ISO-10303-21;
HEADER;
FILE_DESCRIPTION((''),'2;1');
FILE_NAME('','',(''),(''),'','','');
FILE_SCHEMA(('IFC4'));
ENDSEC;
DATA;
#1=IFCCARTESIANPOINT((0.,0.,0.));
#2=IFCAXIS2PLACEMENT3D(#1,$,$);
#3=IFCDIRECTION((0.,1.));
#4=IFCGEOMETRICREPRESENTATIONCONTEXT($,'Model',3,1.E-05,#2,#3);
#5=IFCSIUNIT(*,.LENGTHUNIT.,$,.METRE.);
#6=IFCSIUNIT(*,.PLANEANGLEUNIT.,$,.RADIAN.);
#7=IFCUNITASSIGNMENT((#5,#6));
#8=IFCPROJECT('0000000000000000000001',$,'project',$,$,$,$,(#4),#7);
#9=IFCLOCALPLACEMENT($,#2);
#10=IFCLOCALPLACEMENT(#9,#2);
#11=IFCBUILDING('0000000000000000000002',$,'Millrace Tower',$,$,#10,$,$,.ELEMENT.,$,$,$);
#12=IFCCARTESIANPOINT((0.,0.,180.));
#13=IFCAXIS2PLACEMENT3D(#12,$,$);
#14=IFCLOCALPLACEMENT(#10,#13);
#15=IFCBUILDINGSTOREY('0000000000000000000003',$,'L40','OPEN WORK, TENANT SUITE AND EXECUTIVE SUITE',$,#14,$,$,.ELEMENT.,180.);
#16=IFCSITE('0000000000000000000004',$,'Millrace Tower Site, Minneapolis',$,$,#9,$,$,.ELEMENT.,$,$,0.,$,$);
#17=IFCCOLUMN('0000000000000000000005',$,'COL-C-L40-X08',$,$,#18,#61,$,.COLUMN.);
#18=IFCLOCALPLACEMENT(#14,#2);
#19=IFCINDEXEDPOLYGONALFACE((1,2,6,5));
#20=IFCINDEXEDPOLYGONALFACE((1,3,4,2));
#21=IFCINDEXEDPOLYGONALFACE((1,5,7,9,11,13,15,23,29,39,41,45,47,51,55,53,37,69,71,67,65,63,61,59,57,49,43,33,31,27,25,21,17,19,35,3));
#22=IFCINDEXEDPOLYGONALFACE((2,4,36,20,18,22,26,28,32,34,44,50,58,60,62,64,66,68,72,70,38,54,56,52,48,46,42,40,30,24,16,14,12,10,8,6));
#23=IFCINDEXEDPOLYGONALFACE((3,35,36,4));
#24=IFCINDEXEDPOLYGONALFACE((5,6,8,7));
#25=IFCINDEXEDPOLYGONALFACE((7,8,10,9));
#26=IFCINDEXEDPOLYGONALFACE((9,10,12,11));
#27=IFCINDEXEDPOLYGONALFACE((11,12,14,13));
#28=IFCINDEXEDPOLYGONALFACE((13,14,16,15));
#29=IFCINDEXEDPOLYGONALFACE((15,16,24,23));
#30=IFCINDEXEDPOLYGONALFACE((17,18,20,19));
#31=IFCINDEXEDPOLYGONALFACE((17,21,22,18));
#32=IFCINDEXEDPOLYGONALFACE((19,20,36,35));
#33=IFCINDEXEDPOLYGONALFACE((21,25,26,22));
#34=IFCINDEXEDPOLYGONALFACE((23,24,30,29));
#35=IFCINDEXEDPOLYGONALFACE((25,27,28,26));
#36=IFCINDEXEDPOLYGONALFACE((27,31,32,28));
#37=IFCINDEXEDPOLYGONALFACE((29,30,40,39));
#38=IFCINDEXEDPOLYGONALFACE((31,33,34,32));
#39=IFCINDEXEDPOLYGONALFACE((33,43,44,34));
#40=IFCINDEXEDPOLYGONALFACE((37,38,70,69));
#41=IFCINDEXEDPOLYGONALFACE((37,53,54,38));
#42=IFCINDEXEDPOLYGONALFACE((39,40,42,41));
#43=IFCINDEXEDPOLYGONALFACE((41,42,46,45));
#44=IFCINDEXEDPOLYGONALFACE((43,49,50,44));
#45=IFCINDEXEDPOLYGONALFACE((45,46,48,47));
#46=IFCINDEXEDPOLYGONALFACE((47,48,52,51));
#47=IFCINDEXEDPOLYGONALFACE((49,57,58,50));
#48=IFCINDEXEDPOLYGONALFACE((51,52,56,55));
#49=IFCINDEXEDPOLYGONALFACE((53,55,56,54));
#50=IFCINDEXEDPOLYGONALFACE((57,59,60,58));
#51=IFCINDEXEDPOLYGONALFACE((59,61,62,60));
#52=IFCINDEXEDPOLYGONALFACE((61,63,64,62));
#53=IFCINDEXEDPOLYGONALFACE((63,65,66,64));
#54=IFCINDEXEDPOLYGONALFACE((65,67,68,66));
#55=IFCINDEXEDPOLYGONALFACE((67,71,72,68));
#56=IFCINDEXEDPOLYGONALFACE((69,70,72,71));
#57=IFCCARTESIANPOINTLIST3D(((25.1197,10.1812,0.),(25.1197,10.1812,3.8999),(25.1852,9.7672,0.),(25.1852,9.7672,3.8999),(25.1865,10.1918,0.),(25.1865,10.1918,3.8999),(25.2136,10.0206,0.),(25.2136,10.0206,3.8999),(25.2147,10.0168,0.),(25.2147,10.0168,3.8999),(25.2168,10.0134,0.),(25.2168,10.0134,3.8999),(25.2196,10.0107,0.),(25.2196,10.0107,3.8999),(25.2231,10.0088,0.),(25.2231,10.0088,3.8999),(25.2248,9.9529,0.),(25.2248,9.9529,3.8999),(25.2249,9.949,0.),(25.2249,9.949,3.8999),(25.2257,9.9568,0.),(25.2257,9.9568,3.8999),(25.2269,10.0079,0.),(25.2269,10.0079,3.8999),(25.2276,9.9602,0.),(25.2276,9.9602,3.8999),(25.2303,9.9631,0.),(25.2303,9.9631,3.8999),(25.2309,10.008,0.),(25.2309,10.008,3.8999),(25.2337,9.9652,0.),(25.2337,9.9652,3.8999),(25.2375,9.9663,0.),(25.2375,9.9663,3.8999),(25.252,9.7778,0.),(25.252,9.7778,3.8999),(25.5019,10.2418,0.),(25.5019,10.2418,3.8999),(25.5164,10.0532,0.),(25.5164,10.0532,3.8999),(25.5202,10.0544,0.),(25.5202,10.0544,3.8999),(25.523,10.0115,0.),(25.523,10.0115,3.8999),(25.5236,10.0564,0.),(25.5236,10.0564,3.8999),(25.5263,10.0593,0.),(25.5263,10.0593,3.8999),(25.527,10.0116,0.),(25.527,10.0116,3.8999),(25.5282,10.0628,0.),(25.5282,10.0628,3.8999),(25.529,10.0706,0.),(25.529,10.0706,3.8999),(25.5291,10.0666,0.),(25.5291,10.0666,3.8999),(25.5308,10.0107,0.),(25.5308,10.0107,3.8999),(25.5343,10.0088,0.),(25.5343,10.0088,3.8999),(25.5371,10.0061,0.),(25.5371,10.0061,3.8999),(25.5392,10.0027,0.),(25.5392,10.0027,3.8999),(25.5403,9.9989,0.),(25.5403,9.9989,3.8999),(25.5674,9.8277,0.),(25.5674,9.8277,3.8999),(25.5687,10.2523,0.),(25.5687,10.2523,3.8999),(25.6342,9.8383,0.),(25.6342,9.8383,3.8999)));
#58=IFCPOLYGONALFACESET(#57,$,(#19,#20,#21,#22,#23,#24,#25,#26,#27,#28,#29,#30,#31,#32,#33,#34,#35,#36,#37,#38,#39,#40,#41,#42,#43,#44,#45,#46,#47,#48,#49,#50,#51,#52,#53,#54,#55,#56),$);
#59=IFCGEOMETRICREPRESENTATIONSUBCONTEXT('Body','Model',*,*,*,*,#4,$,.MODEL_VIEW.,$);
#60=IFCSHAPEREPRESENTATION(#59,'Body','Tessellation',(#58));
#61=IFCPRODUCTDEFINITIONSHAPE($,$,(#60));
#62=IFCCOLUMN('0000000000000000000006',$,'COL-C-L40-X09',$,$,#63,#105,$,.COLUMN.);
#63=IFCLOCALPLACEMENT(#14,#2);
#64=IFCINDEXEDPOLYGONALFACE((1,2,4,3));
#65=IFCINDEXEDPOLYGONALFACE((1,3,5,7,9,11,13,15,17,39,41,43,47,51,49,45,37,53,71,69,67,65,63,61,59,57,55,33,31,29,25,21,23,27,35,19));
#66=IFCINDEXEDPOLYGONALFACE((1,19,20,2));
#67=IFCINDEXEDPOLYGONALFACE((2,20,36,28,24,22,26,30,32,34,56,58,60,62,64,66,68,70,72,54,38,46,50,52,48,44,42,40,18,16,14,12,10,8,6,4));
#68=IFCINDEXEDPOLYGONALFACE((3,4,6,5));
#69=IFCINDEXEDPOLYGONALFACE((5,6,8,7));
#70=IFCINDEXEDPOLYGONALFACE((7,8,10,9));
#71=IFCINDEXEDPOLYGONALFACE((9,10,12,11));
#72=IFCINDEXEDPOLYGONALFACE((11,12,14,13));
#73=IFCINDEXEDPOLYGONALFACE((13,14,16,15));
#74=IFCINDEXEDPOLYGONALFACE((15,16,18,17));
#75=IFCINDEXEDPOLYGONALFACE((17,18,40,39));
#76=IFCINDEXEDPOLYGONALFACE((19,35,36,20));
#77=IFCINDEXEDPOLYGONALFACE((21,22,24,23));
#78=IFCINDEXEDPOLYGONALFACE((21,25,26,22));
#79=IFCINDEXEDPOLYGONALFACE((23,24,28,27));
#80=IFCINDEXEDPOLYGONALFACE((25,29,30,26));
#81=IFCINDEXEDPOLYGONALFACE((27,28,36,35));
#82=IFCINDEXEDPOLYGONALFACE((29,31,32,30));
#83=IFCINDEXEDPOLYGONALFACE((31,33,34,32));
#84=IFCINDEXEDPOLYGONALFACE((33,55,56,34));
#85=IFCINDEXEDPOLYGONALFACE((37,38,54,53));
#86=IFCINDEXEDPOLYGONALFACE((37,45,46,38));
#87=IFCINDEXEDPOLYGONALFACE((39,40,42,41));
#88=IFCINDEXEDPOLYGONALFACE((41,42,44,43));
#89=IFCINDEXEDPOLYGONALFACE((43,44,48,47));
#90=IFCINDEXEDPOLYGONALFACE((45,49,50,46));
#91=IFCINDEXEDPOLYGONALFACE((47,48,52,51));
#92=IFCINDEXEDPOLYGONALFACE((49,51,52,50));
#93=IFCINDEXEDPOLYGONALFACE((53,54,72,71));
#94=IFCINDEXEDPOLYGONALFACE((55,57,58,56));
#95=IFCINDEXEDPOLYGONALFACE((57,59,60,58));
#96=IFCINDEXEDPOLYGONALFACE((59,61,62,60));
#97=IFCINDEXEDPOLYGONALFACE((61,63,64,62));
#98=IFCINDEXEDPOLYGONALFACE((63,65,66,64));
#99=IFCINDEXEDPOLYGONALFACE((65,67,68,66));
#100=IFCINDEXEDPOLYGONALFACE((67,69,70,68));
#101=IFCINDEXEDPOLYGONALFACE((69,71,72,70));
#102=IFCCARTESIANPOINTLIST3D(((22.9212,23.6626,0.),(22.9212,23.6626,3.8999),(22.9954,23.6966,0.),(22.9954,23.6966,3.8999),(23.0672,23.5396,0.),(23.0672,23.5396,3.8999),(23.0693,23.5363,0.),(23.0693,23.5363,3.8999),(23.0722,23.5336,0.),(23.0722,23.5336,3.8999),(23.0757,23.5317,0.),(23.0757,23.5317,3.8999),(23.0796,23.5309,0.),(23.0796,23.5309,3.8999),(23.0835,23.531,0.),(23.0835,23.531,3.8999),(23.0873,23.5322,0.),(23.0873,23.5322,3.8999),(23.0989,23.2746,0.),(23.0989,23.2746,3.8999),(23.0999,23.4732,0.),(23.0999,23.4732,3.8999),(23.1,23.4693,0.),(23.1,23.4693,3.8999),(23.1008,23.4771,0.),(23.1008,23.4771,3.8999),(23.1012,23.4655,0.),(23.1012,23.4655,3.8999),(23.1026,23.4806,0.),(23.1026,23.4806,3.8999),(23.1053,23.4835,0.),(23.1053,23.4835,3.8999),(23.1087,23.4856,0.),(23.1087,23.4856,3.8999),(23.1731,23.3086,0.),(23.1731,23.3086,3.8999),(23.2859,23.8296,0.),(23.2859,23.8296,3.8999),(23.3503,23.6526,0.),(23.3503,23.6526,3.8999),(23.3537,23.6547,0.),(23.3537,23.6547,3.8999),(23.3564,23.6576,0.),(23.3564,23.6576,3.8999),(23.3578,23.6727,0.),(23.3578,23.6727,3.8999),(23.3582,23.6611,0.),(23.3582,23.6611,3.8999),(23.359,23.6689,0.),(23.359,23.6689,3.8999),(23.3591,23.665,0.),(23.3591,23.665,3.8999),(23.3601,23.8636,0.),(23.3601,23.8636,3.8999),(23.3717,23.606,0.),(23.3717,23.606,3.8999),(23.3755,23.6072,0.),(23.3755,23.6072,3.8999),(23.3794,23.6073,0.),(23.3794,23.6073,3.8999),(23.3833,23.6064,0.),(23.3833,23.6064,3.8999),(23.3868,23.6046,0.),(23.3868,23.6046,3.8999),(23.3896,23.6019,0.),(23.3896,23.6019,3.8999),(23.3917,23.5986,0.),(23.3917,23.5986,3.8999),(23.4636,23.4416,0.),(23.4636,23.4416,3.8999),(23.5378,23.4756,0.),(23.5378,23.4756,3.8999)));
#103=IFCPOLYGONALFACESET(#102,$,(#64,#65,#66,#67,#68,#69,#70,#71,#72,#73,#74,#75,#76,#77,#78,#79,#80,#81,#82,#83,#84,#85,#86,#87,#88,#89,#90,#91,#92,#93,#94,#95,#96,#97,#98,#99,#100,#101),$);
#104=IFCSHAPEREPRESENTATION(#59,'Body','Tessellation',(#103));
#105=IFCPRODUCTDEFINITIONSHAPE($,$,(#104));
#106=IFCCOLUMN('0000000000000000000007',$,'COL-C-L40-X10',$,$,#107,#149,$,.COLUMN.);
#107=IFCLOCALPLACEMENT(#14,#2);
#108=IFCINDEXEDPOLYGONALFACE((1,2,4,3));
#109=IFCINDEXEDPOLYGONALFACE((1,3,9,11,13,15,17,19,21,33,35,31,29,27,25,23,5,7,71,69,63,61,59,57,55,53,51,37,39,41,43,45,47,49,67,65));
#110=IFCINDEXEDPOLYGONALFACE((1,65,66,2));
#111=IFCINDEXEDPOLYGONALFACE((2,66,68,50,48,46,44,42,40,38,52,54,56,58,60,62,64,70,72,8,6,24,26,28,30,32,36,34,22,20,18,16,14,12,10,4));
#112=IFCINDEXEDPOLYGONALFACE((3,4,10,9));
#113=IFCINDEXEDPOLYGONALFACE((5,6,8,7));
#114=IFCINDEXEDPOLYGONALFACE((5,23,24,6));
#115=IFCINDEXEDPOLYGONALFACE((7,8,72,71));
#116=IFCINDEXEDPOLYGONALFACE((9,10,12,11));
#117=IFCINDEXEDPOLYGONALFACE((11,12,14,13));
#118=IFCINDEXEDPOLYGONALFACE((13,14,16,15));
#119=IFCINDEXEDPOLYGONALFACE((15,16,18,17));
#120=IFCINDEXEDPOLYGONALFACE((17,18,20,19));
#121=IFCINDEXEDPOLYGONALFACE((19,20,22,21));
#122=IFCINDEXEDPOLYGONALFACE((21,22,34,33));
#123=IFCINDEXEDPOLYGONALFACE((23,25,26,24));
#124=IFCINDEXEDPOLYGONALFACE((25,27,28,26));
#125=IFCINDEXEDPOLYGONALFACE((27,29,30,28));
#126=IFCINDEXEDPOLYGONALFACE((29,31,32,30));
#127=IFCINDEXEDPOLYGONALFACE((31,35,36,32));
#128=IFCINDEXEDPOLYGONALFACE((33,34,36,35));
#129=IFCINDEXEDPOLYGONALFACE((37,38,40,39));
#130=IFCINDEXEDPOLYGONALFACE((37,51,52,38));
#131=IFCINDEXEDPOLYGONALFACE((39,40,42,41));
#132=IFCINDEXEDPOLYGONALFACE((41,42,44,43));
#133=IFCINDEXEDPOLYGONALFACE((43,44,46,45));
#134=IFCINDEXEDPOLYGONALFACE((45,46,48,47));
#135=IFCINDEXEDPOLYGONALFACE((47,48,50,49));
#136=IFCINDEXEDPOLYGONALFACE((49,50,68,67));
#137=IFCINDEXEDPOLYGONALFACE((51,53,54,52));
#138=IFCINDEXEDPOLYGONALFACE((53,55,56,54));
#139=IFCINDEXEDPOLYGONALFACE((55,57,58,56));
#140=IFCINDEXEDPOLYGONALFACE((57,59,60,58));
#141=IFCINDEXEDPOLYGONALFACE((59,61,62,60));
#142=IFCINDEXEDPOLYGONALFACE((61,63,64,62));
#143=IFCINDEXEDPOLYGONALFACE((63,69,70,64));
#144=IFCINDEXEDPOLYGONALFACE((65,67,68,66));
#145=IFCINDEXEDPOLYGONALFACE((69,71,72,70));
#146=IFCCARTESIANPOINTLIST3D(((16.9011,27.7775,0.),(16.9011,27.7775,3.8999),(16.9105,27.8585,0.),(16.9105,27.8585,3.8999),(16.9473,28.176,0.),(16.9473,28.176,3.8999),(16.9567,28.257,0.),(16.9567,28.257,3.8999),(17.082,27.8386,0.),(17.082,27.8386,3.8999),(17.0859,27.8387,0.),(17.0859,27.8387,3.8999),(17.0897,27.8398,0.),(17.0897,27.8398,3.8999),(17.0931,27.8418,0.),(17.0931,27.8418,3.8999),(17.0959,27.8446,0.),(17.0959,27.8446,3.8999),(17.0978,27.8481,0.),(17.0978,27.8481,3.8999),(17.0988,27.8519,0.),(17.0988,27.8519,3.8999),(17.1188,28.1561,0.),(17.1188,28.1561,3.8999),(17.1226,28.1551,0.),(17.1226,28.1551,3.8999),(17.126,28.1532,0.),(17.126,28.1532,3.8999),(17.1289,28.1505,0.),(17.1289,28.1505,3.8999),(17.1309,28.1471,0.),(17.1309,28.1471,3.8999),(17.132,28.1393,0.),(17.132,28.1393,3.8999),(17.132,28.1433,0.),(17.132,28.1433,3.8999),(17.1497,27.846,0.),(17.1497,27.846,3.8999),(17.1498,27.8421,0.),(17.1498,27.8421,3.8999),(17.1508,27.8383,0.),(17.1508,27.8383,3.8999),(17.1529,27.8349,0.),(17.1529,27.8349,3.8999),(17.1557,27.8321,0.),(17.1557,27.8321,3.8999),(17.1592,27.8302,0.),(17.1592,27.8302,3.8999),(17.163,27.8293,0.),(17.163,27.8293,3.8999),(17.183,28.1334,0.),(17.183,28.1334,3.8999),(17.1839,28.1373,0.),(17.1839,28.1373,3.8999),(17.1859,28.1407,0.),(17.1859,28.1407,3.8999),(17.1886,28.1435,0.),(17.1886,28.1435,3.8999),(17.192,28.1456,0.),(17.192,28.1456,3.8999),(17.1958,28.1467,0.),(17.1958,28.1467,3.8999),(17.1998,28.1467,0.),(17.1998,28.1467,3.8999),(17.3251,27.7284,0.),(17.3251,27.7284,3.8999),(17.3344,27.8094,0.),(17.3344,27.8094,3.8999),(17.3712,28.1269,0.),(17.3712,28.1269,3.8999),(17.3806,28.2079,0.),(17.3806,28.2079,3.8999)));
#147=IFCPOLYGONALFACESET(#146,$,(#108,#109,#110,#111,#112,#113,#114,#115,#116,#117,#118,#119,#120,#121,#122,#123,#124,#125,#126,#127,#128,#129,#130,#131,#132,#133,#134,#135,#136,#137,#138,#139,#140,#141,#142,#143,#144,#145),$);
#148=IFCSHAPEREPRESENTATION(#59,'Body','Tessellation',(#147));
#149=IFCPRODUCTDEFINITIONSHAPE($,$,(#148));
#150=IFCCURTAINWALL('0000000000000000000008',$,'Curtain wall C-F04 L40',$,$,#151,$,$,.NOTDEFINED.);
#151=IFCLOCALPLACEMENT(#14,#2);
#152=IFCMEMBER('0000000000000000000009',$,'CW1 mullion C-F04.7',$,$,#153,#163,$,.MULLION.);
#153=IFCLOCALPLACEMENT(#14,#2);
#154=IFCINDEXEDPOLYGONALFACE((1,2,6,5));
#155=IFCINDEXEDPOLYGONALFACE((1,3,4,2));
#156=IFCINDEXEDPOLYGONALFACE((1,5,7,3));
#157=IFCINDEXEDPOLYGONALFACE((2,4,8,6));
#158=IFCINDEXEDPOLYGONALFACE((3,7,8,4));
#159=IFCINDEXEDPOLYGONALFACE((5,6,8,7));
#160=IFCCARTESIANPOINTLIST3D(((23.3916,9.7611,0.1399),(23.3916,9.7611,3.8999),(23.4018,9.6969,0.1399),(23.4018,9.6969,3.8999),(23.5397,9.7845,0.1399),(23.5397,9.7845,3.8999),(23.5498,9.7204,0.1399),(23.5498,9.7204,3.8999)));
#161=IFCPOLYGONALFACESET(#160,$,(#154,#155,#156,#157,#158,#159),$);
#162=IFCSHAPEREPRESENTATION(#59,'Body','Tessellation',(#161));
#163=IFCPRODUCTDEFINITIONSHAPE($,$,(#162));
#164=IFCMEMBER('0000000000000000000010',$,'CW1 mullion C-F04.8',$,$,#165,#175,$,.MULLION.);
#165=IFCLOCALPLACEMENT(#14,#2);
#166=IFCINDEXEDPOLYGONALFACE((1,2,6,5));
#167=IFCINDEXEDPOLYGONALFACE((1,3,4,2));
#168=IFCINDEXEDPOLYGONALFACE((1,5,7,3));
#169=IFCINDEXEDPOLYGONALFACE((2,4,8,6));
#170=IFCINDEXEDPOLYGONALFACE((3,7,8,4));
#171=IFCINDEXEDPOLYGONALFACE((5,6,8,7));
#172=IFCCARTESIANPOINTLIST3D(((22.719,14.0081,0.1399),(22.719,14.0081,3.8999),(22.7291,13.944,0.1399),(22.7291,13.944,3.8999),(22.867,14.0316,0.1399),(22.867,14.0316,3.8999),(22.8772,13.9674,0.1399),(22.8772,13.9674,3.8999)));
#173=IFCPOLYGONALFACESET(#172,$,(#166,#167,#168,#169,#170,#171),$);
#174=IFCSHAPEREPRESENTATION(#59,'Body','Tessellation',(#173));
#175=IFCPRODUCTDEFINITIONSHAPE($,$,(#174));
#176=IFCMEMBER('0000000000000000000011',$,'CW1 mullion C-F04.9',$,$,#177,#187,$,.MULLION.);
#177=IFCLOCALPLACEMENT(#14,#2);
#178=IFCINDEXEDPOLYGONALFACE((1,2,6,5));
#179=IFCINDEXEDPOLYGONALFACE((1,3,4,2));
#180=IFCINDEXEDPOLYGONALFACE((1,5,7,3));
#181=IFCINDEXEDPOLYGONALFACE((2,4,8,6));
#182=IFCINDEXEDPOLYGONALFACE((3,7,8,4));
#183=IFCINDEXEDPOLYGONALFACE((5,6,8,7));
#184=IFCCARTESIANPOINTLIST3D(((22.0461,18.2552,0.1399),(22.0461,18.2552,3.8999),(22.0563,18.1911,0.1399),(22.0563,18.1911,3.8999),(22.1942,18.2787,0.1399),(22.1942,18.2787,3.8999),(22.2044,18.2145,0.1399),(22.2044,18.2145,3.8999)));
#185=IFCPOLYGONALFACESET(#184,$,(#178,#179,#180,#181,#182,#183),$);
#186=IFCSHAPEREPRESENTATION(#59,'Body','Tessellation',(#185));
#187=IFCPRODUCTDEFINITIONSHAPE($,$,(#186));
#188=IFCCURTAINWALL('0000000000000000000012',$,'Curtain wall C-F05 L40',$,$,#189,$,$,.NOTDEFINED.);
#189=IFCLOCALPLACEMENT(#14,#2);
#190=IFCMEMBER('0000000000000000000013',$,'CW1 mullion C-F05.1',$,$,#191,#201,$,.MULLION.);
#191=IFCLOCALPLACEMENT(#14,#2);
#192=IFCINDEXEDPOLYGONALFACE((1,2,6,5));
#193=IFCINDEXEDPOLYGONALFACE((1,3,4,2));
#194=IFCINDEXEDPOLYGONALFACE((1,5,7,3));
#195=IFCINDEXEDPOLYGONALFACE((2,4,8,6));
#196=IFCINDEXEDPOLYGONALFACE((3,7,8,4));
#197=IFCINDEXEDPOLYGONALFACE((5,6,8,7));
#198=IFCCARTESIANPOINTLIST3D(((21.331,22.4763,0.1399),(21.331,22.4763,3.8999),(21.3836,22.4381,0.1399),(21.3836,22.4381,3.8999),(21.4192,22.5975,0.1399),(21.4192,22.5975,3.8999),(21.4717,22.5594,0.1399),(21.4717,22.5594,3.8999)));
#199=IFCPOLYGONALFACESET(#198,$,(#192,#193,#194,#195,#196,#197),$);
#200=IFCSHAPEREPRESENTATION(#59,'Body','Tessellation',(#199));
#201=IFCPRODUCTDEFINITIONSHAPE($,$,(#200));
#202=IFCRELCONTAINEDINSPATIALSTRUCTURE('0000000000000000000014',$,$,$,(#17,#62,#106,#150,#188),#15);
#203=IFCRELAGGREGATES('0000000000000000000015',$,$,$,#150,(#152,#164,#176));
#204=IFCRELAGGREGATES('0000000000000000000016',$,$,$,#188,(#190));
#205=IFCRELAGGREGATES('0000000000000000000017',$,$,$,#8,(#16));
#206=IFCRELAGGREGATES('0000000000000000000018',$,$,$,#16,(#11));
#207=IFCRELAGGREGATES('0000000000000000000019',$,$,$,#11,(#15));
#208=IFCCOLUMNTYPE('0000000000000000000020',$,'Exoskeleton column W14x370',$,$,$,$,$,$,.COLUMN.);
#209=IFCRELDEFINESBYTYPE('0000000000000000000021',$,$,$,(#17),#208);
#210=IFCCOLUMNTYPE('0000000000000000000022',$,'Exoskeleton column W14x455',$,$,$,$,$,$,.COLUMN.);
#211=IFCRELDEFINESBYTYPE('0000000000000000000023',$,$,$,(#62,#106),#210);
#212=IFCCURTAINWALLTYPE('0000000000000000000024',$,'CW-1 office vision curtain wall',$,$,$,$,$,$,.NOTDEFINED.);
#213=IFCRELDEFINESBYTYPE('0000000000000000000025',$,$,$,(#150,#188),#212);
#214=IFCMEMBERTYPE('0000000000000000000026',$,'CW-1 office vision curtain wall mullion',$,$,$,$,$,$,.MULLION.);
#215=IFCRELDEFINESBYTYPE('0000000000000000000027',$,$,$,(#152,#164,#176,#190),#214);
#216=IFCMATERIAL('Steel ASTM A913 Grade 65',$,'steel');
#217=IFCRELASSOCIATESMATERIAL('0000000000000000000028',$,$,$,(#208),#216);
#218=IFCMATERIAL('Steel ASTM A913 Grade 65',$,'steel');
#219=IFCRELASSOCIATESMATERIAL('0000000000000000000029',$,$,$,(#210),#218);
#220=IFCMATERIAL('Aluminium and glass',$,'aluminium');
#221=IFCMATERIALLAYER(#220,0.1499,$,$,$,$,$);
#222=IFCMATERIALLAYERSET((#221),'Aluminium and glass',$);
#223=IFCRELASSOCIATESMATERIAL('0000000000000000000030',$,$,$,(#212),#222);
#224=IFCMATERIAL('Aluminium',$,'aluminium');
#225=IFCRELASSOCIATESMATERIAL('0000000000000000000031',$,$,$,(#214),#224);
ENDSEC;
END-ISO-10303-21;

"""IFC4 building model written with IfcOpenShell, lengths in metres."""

from ifc_helpers import new_model, si_unit, direction, frame, origin, origin_2d, place, context, subcontext, project, spatial, rectangle, i_section, extrude, material, layer, layer_set, material_profile, profile_set, type_object, element, aggregate, save


model = new_model("IFC4")

# Units and contexts
model_context = context("Model", 3, precision=1e-05, world=origin(), true_north=direction((0.0, 1.0)))
body_context = subcontext(model_context, "Body", "Model", "MODEL_VIEW")
ifc_project = project(units=[si_unit("LENGTHUNIT", "METRE"), si_unit("PLANEANGLEUNIT", "RADIAN")], contexts=[model_context])

# Site, building, storey
site_placement = place(None, origin())
site = spatial("IfcSite", under=ifc_project, at=site_placement, Name="Millrace Tower Site, Minneapolis", CompositionType="ELEMENT", RefElevation=0.0)
building_placement = place(site_placement, origin())
building = spatial("IfcBuilding", under=site, at=building_placement, Name="Millrace Tower", CompositionType="ELEMENT")
storey_placement = place(building_placement, frame((0.0, 0.0, 180.0)))
storey = spatial("IfcBuildingStorey", under=building, at=storey_placement, Name="L40", Description="OPEN WORK, TENANT SUITE AND EXECUTIVE SUITE", CompositionType="ELEMENT", Elevation=180.0)

# Columns
ifc_material_1 = material(Name="Steel ASTM A913 Grade 65", Category="steel")
ifc_material_profile_1 = material_profile(ifc_material_1, i_section(OverallWidth=0.4192, OverallDepth=0.4546, WebThickness=0.0422, FlangeThickness=0.0676, FilletRadius=0.0151, at=origin_2d()))
ifc_profile_set_1 = profile_set([ifc_material_profile_1], Name="Steel ASTM A913 Grade 65")
column_type_1 = type_object("IfcColumnType", Name="Exoskeleton column W14x370", PredefinedType="COLUMN", material=ifc_profile_set_1)
column_placement = place(storey_placement, frame((25.377, 10.0098, 0.0), z_axis=(0.0, 0.0, 1.0), x_axis=(-0.156434, 0.987688, 0.0)))
element("IfcColumn", 1, at=column_placement, inside=storey, type_object=column_type_1, Name="COL-C-L40-X08", PredefinedType="COLUMN", context=body_context, shape_type="SweptSolid", body=[
    extrude(i_section(OverallWidth=0.4192, OverallDepth=0.4546, WebThickness=0.0422, FlangeThickness=0.0676, FilletRadius=0.0151, at=origin_2d()), origin(), (0.0, 0.0, 1.0), 3.8999),
])
ifc_material_2 = material(Name="Steel ASTM A913 Grade 65", Category="steel")
ifc_material_profile_2 = material_profile(ifc_material_2, i_section(OverallWidth=0.4268, OverallDepth=0.4827, WebThickness=0.0513, FlangeThickness=0.0815, FilletRadius=0.0151, at=origin_2d()))
ifc_profile_set_2 = profile_set([ifc_material_profile_2], Name="Steel ASTM A913 Grade 65")
column_type_2 = type_object("IfcColumnType", Name="Exoskeleton column W14x455", PredefinedType="COLUMN", material=ifc_profile_set_2)
for number, where, z_axis, x_axis, name in (
    (2, (23.2295, 23.5691, 0.0), (0.0, 0.0, 1.0), (-0.416401, 0.909181, 0.0), "COL-C-L40-X09"),
    (3, (17.1409, 27.9927, 0.0), (0.0, 0.0, 1.0), (-0.993358, 0.115069, 0.0), "COL-C-L40-X10"),
):
    element("IfcColumn", number, at=place(storey_placement, frame(where, z_axis=z_axis, x_axis=x_axis)), inside=storey, type_object=column_type_2, Name=name, PredefinedType="COLUMN", context=body_context, shape_type="SweptSolid", body=[
        extrude(i_section(OverallWidth=0.4268, OverallDepth=0.4827, WebThickness=0.0513, FlangeThickness=0.0815, FilletRadius=0.0151, at=origin_2d()), origin(), (0.0, 0.0, 1.0), 3.8999),
    ])

# Curtain wall, members
ifc_material_3 = material(Name="Aluminium and glass", Category="aluminium")
ifc_layer_1 = layer(ifc_material_3, 0.1499)
ifc_layer_set_1 = layer_set([ifc_layer_1], Name="Aluminium and glass")
curtain_wall_type = type_object("IfcCurtainWallType", Name="CW-1 office vision curtain wall", PredefinedType="NOTDEFINED", material=ifc_layer_set_1)
placement = place(storey_placement, origin())
curtain_wall_1 = element("IfcCurtainWall", 4, at=placement, inside=storey, type_object=curtain_wall_type, Name="Curtain wall C-F04 L40", PredefinedType="NOTDEFINED")
ifc_material_4 = material(Name="Aluminium", Category="aluminium")
ifc_material_profile_3 = material_profile(ifc_material_4, rectangle(XDim=0.0649, YDim=0.1499, at=origin_2d()))
ifc_profile_set_3 = profile_set([ifc_material_profile_3], Name="Aluminium")
member_type_1 = type_object("IfcMemberType", Name="CW-1 office vision curtain wall mullion", PredefinedType="MULLION", material=ifc_profile_set_3)
member_1_placement = place(storey_placement, frame((23.4707, 9.7407, 0.1399), z_axis=(0.0, 0.0, 1.0), x_axis=(-0.156434, 0.987688, 0.0)))
member_1 = element("IfcMember", 5, at=member_1_placement, type_object=member_type_1, Name="CW1 mullion C-F04.7", PredefinedType="MULLION", context=body_context, shape_type="SweptSolid", body=[
    extrude(rectangle(XDim=0.0649, YDim=0.1499, at=origin_2d()), origin(), (0.0, 0.0, 1.0), 3.76),
])
member_2_placement = place(storey_placement, frame((22.7981, 13.9878, 0.1399), z_axis=(0.0, 0.0, 1.0), x_axis=(-0.156434, 0.987688, 0.0)))
member_2 = element("IfcMember", 6, at=member_2_placement, type_object=member_type_1, Name="CW1 mullion C-F04.8", PredefinedType="MULLION", context=body_context, shape_type="SweptSolid", body=[
    extrude(rectangle(XDim=0.0649, YDim=0.1499, at=origin_2d()), origin(), (0.0, 0.0, 1.0), 3.76),
])
member_3_placement = place(storey_placement, frame((22.1252, 18.2349, 0.1399), z_axis=(0.0, 0.0, 1.0), x_axis=(-0.156434, 0.987688, 0.0)))
member_3 = element("IfcMember", 7, at=member_3_placement, type_object=member_type_1, Name="CW1 mullion C-F04.9", PredefinedType="MULLION", context=body_context, shape_type="SweptSolid", body=[
    extrude(rectangle(XDim=0.0649, YDim=0.1499, at=origin_2d()), origin(), (0.0, 0.0, 1.0), 3.76),
])
aggregate(curtain_wall_1, [member_1, member_2, member_3])

# Curtain wall, member
curtain_wall_2 = element("IfcCurtainWall", 8, at=placement, inside=storey, type_object=curtain_wall_type, Name="Curtain wall C-F05 L40", PredefinedType="NOTDEFINED")
member_4_placement = place(storey_placement, frame((21.4014, 22.5178, 0.1399), z_axis=(0.0, 0.0, 1.0), x_axis=(-0.809017, 0.587785, 0.0)))
member_4 = element("IfcMember", 9, at=member_4_placement, type_object=member_type_1, Name="CW1 mullion C-F05.1", PredefinedType="MULLION", context=body_context, shape_type="SweptSolid", body=[
    extrude(rectangle(XDim=0.0649, YDim=0.1499, at=origin_2d()), origin(), (0.0, 0.0, 1.0), 3.76),
])

aggregate(curtain_wall_2, [member_4])

save(model, "model.ifc")
